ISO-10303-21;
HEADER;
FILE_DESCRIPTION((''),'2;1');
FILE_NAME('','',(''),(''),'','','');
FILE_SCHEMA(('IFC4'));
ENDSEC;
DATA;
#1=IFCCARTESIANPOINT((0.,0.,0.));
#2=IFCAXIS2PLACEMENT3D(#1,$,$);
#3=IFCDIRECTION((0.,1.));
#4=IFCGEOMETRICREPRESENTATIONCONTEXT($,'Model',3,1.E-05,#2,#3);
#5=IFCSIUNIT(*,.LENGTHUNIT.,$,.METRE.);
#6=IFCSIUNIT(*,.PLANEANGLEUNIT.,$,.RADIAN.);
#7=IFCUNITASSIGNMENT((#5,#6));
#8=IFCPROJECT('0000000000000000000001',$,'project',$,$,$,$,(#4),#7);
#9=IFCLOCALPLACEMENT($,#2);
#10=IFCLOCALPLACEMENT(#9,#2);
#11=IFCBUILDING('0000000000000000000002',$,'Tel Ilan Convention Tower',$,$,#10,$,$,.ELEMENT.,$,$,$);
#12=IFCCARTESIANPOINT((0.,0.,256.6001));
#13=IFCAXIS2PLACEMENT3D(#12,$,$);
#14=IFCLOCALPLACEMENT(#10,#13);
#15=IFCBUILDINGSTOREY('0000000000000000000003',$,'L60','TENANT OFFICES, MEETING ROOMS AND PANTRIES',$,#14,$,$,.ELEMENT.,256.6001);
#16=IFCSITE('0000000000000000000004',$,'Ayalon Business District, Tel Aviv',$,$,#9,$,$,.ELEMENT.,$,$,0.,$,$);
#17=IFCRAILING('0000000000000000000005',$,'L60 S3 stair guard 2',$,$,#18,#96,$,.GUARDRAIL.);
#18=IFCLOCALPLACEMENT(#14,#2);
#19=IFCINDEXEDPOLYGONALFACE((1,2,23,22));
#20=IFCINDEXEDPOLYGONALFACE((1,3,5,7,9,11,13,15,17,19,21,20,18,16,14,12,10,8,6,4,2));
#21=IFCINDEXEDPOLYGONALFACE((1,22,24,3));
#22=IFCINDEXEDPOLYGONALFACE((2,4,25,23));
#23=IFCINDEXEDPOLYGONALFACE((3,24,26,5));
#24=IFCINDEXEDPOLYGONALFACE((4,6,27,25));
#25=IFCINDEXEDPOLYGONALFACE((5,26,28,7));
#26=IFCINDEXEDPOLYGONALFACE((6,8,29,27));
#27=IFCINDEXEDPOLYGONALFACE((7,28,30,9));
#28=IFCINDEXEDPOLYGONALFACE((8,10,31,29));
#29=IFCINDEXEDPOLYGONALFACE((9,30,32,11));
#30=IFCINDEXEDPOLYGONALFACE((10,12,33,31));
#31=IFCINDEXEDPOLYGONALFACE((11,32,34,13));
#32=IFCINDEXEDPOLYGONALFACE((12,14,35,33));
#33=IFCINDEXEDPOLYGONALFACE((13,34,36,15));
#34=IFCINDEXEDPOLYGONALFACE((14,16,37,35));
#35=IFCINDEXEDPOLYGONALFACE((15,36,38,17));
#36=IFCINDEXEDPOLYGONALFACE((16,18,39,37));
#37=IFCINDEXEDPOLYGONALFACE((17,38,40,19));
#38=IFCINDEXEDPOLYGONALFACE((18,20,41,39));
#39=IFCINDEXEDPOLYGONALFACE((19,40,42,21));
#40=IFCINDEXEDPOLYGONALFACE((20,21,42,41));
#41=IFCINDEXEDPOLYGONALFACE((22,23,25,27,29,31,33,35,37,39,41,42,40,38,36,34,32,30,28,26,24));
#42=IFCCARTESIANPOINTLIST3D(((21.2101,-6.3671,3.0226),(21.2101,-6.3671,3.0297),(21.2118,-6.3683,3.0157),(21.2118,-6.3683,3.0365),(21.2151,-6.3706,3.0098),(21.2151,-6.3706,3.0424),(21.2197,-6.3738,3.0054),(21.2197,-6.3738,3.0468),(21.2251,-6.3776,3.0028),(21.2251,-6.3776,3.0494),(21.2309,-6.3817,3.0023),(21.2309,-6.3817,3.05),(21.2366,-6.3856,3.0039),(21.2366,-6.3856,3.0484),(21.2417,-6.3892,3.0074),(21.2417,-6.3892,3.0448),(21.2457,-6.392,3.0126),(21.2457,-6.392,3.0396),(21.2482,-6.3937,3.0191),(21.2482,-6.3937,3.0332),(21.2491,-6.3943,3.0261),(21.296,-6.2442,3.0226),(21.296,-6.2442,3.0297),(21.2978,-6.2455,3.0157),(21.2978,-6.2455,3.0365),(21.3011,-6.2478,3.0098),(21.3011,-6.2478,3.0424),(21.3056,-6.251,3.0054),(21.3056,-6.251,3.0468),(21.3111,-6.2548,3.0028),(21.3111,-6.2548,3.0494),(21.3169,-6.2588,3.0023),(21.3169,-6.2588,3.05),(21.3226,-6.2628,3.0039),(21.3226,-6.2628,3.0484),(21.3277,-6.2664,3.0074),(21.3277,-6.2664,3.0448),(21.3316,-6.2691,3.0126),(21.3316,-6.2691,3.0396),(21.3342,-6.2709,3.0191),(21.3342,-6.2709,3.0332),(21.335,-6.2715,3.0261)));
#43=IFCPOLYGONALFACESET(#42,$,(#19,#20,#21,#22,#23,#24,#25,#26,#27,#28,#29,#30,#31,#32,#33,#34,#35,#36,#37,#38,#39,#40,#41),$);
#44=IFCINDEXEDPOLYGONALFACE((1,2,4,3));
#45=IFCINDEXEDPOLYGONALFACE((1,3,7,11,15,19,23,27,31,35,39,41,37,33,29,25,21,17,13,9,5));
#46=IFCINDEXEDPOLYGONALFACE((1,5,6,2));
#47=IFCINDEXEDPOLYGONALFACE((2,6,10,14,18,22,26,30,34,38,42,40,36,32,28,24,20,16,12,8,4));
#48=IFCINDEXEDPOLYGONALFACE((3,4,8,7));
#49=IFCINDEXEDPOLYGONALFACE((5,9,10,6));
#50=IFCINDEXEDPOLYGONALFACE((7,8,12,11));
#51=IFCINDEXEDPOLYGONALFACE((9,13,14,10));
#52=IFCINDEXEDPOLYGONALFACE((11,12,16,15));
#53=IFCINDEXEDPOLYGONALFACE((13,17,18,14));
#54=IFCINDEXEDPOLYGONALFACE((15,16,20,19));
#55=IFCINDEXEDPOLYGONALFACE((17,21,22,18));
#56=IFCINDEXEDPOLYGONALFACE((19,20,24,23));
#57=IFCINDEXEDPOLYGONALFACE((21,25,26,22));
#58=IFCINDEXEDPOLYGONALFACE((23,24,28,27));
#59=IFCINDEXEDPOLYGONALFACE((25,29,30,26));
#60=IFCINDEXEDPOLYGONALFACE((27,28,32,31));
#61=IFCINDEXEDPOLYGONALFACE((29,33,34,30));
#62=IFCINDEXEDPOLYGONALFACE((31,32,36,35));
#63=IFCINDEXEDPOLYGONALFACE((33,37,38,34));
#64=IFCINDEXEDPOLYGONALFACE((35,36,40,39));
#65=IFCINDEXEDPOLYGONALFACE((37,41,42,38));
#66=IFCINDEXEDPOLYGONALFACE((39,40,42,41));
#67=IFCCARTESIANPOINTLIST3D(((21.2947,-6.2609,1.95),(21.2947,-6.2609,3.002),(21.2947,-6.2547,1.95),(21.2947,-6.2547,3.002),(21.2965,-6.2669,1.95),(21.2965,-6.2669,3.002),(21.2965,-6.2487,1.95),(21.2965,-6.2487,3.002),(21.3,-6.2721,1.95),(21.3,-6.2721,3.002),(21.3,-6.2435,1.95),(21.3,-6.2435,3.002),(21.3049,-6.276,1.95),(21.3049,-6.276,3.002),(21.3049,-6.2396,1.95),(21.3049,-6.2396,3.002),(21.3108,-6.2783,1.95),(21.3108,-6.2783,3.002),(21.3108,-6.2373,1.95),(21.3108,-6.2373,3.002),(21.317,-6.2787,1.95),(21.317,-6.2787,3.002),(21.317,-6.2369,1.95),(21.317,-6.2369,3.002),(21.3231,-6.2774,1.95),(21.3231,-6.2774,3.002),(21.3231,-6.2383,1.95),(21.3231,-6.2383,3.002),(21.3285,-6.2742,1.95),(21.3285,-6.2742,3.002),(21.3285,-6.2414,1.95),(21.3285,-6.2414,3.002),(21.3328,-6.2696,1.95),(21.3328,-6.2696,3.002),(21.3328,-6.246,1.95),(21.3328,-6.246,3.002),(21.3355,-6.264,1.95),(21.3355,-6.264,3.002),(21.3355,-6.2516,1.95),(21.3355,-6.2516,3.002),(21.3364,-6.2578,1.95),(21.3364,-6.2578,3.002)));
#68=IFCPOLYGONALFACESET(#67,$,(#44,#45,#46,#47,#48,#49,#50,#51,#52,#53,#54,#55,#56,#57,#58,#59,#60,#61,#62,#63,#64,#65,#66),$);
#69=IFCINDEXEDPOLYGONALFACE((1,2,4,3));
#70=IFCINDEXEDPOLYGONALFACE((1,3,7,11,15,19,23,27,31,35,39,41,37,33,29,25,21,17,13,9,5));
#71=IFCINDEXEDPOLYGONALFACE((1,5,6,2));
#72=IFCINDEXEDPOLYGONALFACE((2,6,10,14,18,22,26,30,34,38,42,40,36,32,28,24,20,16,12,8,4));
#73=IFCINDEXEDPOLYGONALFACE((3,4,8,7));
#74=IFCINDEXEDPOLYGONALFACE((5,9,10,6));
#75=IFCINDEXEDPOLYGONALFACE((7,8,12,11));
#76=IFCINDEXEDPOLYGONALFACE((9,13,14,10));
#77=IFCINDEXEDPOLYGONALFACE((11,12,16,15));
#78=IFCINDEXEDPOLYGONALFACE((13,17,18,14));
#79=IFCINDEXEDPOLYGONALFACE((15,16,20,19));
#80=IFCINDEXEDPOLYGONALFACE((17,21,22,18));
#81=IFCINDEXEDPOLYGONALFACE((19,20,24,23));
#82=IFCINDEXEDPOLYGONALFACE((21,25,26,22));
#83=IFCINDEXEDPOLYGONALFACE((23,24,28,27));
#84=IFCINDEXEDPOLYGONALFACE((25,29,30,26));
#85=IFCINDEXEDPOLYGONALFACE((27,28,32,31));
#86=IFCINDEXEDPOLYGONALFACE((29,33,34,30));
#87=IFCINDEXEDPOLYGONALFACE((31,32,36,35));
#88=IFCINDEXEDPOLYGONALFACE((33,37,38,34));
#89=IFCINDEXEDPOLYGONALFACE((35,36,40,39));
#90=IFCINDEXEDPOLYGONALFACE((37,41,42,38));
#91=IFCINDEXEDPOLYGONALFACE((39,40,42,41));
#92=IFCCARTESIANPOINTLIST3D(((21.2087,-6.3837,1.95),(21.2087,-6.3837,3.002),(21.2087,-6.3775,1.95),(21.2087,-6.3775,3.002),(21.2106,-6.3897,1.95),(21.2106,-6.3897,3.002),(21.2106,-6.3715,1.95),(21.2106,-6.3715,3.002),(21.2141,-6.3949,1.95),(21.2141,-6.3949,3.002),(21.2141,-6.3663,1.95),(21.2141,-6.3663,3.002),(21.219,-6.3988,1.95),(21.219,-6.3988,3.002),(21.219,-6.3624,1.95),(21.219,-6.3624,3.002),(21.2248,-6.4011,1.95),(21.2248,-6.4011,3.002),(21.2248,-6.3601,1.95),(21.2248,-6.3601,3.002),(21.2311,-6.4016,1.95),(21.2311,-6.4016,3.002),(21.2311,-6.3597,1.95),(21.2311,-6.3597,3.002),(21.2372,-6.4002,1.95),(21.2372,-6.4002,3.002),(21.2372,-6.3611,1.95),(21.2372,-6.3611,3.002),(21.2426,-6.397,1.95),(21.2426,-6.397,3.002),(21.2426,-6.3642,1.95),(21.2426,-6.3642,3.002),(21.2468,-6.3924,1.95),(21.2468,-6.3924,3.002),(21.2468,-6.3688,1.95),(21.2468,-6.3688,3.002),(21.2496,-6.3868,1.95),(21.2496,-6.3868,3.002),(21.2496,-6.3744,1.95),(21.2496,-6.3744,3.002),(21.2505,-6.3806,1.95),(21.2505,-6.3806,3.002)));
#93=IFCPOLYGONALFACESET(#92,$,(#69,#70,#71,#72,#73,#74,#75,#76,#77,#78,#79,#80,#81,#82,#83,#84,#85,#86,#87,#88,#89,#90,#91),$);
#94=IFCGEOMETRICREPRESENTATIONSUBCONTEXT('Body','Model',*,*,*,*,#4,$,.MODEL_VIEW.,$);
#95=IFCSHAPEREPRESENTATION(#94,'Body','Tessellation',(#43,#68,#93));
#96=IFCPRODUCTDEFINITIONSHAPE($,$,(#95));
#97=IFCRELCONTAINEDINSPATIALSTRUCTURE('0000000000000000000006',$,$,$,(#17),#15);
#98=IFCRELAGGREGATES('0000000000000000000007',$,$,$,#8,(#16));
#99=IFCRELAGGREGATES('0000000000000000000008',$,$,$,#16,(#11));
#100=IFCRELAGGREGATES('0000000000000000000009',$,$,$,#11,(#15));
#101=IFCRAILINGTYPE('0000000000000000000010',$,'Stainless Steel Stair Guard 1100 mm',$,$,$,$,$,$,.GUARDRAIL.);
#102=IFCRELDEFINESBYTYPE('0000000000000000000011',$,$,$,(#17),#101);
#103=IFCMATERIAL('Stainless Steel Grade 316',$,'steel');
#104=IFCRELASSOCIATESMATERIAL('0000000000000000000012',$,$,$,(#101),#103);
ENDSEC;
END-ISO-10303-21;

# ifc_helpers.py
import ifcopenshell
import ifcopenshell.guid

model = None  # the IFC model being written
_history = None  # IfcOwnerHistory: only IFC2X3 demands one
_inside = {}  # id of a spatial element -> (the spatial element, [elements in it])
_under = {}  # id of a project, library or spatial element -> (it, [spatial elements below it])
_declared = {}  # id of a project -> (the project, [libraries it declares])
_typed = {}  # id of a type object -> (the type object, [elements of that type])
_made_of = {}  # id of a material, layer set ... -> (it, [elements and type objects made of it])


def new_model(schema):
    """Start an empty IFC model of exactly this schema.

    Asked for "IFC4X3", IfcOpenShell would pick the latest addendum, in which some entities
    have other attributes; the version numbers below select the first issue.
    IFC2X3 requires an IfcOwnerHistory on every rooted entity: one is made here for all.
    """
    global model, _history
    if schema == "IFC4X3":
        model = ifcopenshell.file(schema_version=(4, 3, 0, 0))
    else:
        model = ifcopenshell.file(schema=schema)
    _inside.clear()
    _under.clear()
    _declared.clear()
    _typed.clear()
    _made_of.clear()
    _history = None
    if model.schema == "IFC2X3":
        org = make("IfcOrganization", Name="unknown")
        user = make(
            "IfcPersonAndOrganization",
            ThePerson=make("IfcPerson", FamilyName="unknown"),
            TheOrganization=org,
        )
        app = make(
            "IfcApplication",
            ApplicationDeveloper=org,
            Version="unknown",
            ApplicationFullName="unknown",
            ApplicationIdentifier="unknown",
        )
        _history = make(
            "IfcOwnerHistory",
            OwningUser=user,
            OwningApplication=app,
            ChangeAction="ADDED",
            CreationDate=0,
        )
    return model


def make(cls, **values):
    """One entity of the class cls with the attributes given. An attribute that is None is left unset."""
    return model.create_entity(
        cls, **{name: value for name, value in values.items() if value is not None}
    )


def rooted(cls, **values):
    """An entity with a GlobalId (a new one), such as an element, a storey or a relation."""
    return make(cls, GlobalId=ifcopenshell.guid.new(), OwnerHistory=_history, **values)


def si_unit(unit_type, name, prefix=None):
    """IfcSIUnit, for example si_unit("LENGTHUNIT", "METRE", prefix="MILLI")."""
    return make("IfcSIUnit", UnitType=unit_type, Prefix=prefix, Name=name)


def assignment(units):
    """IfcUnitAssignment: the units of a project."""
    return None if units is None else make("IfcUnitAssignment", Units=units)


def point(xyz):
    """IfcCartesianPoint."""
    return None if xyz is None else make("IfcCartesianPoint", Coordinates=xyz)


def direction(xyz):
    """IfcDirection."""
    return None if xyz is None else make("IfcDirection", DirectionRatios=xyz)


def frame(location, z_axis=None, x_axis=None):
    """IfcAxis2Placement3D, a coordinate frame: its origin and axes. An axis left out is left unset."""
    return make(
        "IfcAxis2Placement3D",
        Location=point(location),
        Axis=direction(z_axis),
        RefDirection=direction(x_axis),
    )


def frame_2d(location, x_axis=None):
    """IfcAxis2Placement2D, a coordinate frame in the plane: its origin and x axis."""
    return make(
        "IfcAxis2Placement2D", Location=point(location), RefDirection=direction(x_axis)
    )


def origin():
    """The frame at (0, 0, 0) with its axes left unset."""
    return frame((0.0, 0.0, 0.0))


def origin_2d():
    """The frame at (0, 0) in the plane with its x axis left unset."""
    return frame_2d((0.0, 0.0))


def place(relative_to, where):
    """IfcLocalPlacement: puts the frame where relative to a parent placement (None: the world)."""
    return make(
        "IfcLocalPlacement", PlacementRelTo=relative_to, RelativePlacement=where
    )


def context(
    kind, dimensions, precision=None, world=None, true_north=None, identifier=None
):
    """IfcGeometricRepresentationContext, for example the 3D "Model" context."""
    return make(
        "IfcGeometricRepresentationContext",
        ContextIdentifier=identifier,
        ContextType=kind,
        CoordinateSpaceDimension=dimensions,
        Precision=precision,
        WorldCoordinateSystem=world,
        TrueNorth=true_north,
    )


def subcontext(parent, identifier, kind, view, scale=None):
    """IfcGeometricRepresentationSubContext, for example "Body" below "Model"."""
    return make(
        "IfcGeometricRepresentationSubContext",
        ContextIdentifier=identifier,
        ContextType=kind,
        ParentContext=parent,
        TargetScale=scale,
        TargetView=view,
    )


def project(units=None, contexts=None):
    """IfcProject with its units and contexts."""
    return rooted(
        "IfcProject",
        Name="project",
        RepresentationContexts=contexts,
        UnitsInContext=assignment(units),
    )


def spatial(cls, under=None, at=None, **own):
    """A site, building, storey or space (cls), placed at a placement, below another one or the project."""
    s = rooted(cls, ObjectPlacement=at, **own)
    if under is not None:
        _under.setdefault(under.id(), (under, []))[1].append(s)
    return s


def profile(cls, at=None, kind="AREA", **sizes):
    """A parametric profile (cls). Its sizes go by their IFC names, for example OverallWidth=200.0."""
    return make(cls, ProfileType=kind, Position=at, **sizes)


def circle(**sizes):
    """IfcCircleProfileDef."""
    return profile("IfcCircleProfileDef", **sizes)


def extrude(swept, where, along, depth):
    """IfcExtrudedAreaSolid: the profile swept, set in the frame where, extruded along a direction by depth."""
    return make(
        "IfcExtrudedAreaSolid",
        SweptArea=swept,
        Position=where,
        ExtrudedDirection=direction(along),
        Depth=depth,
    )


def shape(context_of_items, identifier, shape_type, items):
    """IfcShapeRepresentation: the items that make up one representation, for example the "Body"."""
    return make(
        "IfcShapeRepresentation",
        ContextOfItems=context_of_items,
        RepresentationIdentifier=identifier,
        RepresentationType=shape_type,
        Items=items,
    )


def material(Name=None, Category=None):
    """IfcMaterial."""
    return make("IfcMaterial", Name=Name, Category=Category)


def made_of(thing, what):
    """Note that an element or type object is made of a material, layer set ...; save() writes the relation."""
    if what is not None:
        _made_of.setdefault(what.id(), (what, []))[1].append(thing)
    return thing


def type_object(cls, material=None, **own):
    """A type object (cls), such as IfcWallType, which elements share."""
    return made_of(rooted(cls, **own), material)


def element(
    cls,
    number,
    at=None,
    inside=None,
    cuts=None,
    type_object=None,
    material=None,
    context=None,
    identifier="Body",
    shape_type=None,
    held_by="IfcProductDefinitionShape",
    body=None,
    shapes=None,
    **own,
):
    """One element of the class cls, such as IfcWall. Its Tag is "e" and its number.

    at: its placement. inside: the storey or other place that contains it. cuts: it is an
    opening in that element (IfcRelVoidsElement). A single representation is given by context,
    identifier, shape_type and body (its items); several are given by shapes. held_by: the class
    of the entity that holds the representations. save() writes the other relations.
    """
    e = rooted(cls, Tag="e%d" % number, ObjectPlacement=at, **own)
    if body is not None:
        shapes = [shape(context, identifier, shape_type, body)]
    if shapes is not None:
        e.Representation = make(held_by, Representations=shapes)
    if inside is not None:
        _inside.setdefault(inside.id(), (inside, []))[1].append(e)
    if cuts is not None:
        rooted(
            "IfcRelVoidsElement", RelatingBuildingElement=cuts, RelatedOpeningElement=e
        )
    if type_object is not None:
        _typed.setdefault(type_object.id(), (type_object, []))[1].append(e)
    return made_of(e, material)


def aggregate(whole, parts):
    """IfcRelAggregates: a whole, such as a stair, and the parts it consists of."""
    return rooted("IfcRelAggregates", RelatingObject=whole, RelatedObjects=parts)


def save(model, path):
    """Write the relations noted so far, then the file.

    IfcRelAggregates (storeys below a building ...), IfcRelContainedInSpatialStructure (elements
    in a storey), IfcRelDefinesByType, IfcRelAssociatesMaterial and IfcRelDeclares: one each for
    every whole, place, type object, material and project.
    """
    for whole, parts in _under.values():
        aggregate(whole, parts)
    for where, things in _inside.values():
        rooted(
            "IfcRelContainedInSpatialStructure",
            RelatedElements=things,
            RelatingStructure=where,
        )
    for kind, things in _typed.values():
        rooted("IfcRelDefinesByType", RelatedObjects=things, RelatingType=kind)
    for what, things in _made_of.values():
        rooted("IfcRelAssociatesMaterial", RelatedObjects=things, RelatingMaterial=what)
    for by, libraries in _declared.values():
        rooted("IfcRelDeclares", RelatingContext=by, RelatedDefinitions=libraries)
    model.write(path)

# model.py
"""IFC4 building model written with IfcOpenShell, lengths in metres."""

from ifc_helpers import new_model, si_unit, direction, frame, origin, origin_2d, place, context, subcontext, project, spatial, circle, extrude, material, type_object, element, save


model = new_model("IFC4")

# Units and contexts
model_context = context("Model", 3, precision=1e-05, world=origin(), true_north=direction((0.0, 1.0)))
body_context = subcontext(model_context, "Body", "Model", "MODEL_VIEW")
ifc_project = project(units=[si_unit("LENGTHUNIT", "METRE"), si_unit("PLANEANGLEUNIT", "RADIAN")], contexts=[model_context])

# Site, building, storey
site_placement = place(None, origin())
site = spatial("IfcSite", under=ifc_project, at=site_placement, Name="Ayalon Business District, Tel Aviv", CompositionType="ELEMENT", RefElevation=0.0)
building_placement = place(site_placement, origin())
building = spatial("IfcBuilding", under=site, at=building_placement, Name="Tel Ilan Convention Tower", CompositionType="ELEMENT")
storey_placement = place(building_placement, frame((0.0, 0.0, 256.6001)))
storey = spatial("IfcBuildingStorey", under=building, at=storey_placement, Name="L60", Description="TENANT OFFICES, MEETING ROOMS AND PANTRIES", CompositionType="ELEMENT", Elevation=256.6001)

# Railing
ifc_material_1 = material(Name="Stainless Steel Grade 316", Category="steel")
railing_type_1 = type_object("IfcRailingType", Name="Stainless Steel Stair Guard 1100 mm", PredefinedType="GUARDRAIL", material=ifc_material_1)
railing_1_placement = place(storey_placement, frame((21.3154, -6.2578, 1.95)))
element("IfcRailing", 1, at=railing_1_placement, inside=storey, type_object=railing_type_1, Name="L60 S3 stair guard 2", PredefinedType="GUARDRAIL", context=body_context, shape_type="SweptSolid", body=[
    extrude(circle(Radius=0.0239, at=origin_2d()), frame((0.0, 0.0, 1.0762), z_axis=(-0.573353, -0.819308, 0.0), x_axis=(0.819308, -0.573353, 0.0)), (0.0, 0.0, 1.0), 0.1499),
    extrude(circle(Radius=0.021, at=origin_2d()), origin(), (0.0, 0.0, 1.0), 1.052),
    extrude(circle(Radius=0.021, at=origin_2d()), frame((-0.0859, -0.1228, 0.0)), (0.0, 0.0, 1.0), 1.052),
])

save(model, "model.ifc")
